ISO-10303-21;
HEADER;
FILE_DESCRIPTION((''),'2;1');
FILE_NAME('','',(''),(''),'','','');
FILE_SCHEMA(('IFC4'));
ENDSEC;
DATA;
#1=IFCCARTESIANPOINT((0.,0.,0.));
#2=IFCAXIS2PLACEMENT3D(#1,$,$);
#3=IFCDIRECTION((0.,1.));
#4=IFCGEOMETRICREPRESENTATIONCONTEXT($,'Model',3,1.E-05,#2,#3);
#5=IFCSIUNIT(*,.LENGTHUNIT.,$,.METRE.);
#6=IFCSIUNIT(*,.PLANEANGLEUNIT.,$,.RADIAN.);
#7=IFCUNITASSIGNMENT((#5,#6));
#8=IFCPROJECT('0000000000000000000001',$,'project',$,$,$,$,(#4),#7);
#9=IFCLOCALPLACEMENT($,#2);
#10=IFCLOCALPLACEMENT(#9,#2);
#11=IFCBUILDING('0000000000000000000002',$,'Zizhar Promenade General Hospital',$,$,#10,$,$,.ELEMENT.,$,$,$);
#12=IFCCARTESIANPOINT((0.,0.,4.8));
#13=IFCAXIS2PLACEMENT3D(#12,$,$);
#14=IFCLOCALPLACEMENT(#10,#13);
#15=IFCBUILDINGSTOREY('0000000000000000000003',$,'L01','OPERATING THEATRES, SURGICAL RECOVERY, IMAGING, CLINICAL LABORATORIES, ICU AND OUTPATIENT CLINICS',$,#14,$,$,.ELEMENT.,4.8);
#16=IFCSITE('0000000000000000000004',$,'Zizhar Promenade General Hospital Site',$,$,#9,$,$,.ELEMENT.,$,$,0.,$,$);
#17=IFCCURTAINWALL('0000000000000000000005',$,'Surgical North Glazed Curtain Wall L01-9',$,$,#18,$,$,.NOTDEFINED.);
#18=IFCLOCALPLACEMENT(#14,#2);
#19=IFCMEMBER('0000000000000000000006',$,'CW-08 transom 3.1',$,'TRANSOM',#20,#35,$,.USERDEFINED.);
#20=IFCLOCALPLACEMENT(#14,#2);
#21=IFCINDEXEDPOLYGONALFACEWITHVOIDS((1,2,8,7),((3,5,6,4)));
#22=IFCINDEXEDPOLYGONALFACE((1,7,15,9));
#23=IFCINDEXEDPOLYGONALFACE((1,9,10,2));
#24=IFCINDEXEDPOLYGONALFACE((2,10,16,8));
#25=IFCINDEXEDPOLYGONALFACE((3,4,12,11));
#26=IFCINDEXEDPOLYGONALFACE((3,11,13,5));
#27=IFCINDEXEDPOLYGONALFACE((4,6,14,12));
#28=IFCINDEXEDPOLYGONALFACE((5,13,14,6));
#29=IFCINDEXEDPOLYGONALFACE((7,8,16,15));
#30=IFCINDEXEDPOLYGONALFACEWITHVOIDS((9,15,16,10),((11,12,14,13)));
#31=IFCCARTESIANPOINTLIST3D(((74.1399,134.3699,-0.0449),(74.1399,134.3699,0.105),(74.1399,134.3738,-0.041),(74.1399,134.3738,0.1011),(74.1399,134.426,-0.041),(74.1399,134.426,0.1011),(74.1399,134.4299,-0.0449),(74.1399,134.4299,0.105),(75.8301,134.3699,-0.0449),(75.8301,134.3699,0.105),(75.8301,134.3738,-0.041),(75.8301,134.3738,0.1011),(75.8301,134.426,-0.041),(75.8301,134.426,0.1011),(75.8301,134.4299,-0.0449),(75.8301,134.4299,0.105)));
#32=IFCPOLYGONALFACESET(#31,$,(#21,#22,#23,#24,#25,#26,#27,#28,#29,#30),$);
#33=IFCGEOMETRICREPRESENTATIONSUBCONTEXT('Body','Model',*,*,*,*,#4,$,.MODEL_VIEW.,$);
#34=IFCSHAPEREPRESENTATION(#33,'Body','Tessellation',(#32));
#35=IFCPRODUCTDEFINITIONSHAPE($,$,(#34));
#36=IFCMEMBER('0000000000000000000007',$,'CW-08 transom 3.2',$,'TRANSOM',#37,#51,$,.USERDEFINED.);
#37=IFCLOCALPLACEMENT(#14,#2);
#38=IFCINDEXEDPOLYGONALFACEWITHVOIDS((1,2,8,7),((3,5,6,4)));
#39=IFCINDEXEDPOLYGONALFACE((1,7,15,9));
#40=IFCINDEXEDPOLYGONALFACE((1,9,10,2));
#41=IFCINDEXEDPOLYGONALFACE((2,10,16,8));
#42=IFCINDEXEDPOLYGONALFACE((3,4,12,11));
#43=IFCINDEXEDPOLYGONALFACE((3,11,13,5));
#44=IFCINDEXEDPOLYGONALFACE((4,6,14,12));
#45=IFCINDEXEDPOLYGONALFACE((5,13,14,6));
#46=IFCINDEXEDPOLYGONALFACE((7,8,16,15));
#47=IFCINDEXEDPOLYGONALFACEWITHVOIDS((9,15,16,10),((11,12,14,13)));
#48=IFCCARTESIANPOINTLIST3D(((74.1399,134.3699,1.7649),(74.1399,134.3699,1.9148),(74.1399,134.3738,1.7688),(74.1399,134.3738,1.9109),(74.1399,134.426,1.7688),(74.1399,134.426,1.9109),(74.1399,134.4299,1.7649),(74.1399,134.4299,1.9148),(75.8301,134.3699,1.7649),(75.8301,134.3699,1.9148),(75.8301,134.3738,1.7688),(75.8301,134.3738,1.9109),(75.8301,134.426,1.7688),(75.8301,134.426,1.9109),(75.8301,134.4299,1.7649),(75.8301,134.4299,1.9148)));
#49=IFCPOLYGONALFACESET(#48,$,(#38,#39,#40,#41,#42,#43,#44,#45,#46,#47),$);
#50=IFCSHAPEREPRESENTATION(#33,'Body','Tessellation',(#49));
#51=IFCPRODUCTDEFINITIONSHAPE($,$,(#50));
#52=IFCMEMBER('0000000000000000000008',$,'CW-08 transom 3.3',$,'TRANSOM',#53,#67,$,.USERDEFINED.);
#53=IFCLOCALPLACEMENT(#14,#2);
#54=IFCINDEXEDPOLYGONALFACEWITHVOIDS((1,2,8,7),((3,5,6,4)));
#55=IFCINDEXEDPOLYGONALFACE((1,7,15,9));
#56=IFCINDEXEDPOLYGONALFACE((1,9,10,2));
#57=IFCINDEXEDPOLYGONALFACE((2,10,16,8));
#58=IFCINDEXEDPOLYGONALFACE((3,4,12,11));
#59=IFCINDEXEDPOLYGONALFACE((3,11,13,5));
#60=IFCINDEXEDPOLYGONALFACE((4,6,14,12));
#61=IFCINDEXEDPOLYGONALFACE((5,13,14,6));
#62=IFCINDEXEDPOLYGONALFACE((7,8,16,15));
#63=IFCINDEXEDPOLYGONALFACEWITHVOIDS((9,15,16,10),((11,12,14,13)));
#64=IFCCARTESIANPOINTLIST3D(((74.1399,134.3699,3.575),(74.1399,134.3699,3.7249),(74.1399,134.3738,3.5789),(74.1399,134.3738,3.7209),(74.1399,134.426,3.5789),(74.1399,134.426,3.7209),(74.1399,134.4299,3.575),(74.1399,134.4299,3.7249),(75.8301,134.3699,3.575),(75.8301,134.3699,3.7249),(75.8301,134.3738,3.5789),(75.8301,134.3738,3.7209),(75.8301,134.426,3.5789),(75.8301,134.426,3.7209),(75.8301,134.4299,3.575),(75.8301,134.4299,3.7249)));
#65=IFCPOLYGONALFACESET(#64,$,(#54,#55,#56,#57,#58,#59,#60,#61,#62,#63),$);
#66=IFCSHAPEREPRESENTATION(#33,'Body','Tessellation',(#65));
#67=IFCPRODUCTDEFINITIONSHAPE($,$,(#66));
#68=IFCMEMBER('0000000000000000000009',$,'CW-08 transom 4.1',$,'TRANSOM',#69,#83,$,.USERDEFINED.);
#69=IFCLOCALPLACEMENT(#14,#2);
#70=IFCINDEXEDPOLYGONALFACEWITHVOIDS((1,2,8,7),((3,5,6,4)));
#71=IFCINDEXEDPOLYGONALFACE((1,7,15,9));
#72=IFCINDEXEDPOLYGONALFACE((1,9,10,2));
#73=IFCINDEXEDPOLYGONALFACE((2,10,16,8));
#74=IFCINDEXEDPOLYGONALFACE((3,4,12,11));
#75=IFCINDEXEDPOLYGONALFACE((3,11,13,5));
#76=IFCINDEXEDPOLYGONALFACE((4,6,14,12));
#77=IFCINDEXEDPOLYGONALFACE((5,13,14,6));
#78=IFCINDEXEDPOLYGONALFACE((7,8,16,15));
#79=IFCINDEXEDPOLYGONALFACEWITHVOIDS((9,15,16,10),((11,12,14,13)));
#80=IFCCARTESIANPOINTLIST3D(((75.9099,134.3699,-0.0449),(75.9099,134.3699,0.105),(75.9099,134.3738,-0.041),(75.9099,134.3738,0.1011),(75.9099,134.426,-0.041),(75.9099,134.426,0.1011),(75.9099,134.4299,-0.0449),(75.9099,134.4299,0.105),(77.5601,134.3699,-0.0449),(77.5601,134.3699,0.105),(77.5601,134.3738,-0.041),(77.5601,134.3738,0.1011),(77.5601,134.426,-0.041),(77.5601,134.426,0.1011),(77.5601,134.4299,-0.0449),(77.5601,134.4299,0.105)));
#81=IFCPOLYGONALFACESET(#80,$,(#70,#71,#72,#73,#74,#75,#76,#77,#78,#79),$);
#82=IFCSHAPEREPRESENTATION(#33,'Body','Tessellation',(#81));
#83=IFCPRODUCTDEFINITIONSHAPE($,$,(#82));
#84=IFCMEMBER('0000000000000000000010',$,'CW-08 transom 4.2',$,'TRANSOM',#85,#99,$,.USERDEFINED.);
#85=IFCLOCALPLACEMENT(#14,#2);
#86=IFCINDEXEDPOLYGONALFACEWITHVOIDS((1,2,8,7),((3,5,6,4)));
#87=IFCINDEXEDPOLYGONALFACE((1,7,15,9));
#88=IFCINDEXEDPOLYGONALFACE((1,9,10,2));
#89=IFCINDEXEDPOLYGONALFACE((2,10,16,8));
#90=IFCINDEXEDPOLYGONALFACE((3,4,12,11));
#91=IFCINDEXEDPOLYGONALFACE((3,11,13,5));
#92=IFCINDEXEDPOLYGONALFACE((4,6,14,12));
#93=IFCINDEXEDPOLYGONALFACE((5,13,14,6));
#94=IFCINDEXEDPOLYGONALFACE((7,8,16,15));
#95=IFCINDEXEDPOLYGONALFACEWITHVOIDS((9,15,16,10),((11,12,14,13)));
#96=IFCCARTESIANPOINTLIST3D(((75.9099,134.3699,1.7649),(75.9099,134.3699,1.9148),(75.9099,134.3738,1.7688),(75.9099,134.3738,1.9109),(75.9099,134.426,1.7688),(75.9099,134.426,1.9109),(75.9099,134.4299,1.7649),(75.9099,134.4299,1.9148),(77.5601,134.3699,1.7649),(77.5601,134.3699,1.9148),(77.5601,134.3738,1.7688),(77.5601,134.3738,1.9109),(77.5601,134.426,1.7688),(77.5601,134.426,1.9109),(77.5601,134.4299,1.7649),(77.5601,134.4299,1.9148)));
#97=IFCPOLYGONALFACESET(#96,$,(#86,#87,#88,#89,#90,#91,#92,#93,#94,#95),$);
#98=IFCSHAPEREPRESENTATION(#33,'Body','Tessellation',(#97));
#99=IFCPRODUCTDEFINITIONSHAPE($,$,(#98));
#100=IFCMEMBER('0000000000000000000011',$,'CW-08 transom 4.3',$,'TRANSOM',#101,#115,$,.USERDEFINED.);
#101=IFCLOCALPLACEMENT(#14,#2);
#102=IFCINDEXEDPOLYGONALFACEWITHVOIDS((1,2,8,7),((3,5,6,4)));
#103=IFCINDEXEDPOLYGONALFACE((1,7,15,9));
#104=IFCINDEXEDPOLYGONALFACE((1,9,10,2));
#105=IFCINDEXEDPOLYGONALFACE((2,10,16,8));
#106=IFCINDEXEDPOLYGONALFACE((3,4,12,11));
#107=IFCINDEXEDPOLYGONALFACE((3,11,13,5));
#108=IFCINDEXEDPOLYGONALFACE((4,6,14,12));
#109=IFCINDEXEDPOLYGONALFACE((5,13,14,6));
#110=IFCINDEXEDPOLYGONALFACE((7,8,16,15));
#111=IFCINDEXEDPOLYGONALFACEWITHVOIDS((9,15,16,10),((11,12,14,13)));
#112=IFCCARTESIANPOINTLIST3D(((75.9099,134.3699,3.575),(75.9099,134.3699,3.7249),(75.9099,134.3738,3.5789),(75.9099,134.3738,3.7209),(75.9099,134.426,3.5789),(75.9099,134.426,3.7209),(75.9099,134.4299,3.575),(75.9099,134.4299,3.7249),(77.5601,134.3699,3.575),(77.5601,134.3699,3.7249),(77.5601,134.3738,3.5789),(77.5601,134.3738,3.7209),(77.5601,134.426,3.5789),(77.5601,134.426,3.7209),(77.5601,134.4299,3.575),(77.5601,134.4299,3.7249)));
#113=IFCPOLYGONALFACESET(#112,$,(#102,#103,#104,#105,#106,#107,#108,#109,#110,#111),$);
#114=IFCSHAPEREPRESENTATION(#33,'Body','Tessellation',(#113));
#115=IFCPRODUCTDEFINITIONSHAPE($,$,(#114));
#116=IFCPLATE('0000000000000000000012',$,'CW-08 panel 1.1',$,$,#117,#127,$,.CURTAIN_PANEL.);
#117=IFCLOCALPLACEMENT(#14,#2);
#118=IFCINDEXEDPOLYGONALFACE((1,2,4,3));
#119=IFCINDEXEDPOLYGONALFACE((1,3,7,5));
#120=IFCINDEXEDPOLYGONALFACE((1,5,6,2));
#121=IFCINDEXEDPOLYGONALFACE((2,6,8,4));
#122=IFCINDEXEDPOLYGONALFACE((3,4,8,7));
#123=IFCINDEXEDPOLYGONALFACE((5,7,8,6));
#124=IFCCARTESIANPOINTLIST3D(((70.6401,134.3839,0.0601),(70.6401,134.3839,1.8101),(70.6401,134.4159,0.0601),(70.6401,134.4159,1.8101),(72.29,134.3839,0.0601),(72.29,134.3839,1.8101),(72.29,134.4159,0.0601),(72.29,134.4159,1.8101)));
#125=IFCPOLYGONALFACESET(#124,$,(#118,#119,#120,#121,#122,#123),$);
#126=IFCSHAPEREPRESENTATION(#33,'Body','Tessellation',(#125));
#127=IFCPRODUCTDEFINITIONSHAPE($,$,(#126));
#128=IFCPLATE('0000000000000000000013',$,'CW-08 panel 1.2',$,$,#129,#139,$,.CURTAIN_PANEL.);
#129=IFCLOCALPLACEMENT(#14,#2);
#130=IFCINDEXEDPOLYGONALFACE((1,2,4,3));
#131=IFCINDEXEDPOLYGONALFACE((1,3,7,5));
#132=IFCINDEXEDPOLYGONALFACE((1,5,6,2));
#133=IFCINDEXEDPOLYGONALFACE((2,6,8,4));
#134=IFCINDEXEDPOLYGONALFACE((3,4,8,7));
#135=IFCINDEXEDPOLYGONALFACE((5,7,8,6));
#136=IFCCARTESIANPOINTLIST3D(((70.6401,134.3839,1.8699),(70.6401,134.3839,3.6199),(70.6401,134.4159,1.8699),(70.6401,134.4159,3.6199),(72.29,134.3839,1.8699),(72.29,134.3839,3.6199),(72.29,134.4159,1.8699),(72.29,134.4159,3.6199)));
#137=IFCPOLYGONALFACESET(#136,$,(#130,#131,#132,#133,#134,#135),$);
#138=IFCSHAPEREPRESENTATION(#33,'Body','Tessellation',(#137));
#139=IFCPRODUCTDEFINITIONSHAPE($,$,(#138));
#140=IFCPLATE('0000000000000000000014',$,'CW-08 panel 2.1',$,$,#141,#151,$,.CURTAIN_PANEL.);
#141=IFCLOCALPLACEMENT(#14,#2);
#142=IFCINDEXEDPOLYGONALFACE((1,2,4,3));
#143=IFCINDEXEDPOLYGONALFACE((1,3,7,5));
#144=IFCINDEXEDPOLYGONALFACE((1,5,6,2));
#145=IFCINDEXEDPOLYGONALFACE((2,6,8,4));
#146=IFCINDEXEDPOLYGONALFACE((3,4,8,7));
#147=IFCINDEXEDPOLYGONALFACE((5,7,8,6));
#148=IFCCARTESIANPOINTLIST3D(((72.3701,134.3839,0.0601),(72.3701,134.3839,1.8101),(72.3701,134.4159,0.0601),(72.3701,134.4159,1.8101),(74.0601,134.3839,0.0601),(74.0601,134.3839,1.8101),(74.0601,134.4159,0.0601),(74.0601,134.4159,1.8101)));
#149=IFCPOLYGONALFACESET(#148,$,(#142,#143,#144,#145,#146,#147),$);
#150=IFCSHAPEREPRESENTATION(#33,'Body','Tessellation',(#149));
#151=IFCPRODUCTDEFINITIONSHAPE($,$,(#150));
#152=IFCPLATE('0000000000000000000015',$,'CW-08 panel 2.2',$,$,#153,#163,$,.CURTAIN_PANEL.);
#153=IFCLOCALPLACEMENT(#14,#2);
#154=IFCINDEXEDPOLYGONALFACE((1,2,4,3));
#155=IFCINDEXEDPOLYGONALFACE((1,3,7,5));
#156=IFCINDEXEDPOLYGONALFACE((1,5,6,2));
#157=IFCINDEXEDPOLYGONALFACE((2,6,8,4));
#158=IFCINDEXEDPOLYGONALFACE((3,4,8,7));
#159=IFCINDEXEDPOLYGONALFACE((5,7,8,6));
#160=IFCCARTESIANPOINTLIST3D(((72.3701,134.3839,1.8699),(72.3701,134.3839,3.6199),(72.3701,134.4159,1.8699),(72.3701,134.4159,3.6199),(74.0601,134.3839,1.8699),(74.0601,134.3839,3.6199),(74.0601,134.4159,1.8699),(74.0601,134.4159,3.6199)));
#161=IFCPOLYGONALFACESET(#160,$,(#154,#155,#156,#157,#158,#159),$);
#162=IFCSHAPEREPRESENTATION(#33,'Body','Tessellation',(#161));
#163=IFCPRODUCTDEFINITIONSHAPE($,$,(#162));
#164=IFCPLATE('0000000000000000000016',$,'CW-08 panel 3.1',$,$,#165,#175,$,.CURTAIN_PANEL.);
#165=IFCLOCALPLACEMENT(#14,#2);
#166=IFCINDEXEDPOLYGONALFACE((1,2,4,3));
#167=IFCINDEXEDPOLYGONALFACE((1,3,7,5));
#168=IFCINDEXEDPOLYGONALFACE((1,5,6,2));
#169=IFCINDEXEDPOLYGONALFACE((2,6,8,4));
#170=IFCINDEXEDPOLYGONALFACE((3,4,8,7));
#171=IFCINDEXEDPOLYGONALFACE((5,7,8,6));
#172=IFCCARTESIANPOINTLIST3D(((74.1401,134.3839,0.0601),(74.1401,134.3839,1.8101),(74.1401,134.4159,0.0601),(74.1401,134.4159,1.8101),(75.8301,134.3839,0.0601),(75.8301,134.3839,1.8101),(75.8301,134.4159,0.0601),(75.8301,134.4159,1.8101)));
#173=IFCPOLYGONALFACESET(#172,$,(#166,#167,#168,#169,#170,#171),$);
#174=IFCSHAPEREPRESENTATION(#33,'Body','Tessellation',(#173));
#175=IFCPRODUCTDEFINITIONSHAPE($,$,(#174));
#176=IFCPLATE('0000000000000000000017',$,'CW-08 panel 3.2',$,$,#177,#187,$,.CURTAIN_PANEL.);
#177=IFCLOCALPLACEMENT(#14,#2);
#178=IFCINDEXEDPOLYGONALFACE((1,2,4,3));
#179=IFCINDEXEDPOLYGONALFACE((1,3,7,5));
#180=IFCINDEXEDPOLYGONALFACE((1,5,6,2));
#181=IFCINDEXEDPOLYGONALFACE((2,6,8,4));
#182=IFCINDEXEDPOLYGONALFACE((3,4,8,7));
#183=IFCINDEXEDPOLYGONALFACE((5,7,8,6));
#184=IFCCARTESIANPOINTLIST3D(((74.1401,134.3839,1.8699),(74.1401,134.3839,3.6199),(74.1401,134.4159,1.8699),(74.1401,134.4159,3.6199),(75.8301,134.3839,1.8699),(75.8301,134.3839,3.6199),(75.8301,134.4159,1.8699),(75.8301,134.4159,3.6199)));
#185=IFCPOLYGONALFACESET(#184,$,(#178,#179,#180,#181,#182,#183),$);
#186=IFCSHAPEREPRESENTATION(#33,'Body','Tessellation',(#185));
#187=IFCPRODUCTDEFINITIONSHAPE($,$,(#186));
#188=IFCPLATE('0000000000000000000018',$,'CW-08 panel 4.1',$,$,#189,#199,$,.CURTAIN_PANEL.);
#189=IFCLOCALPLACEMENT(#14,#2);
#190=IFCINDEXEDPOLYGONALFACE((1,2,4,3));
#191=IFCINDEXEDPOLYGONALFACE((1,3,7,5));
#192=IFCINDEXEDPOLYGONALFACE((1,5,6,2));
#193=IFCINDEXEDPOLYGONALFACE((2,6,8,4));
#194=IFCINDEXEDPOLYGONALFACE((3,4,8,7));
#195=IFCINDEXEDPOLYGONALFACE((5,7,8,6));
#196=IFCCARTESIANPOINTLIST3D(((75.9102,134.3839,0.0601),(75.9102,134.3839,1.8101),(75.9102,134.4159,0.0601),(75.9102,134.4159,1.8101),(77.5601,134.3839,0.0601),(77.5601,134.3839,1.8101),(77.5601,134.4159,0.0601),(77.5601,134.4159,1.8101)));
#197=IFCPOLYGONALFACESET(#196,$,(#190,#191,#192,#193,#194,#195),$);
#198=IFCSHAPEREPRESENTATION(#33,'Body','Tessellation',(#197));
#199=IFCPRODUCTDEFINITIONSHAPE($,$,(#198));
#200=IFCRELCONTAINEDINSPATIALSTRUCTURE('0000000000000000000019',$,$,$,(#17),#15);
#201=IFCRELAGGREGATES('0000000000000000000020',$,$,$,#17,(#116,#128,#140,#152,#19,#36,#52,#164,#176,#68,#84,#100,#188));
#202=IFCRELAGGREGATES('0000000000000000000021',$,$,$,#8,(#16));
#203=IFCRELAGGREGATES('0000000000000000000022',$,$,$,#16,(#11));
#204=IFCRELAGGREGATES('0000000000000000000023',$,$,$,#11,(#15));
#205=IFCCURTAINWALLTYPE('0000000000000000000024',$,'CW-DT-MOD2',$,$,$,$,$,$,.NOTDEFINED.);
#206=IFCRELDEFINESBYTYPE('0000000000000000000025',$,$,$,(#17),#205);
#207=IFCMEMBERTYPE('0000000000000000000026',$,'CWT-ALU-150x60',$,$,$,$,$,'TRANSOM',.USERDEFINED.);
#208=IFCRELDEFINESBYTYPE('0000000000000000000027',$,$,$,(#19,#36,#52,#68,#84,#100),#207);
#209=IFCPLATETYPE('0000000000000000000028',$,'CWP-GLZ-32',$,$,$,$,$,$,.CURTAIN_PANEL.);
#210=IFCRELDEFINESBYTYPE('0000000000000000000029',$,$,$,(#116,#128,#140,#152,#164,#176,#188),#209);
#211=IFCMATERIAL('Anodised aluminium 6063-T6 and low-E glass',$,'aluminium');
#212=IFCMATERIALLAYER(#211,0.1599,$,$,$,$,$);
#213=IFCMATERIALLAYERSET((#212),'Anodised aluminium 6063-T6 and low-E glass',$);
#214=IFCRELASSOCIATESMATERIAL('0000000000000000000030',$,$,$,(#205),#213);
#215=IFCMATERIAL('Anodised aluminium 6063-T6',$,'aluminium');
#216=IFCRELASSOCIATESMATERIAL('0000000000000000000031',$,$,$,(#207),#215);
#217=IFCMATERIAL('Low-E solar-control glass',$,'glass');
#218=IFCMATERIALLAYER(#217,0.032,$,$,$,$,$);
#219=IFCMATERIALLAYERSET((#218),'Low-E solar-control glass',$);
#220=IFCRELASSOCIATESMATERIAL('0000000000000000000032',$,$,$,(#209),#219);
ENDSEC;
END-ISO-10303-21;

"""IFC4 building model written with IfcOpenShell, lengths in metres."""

from ifc_helpers import new_model, si_unit, direction, frame, origin, origin_2d, place, context, subcontext, project, spatial, rectangle, hollow_rectangle, extrude, material, layer, layer_set, material_profile, profile_set, type_object, element, aggregate, save


model = new_model("IFC4")

# Units and contexts
model_context = context("Model", 3, precision=1e-05, world=origin(), true_north=direction((0.0, 1.0)))
body_context = subcontext(model_context, "Body", "Model", "MODEL_VIEW")
ifc_project = project(units=[si_unit("LENGTHUNIT", "METRE"), si_unit("PLANEANGLEUNIT", "RADIAN")], contexts=[model_context])

# Site, building, storey
site_placement = place(None, origin())
site = spatial("IfcSite", under=ifc_project, at=site_placement, Name="Zizhar Promenade General Hospital Site", CompositionType="ELEMENT", RefElevation=0.0)
building_placement = place(site_placement, origin())
building = spatial("IfcBuilding", under=site, at=building_placement, Name="Zizhar Promenade General Hospital", CompositionType="ELEMENT")
storey_placement = place(building_placement, frame((0.0, 0.0, 4.8)))
storey = spatial("IfcBuildingStorey", under=building, at=storey_placement, Name="L01", Description="OPERATING THEATRES, SURGICAL RECOVERY, IMAGING, CLINICAL LABORATORIES, ICU AND OUTPATIENT CLINICS", CompositionType="ELEMENT", Elevation=4.8)

# Curtain wall, members, plates
ifc_material_1 = material(Name="Anodised aluminium 6063-T6 and low-E glass", Category="aluminium")
ifc_layer_1 = layer(ifc_material_1, 0.1599)
ifc_layer_set_1 = layer_set([ifc_layer_1], Name="Anodised aluminium 6063-T6 and low-E glass")
curtain_wall_type = type_object("IfcCurtainWallType", Name="CW-DT-MOD2", PredefinedType="NOTDEFINED", material=ifc_layer_set_1)
curtain_wall_placement = place(storey_placement, origin())
curtain_wall = element("IfcCurtainWall", 1, at=curtain_wall_placement, inside=storey, type_object=curtain_wall_type, Name="Surgical North Glazed Curtain Wall L01-9", PredefinedType="NOTDEFINED")
ifc_material_2 = material(Name="Anodised aluminium 6063-T6", Category="aluminium")
ifc_material_profile_1 = material_profile(ifc_material_2, hollow_rectangle(XDim=0.0601, YDim=0.1499, WallThickness=0.0039, at=origin_2d()))
ifc_profile_set_1 = profile_set([ifc_material_profile_1], Name="Anodised aluminium 6063-T6")
member_type_1 = type_object("IfcMemberType", Name="CWT-ALU-150x60", ElementType="TRANSOM", PredefinedType="USERDEFINED", material=ifc_profile_set_1)
member_1_placement = place(storey_placement, frame((74.1399, 134.3999, 0.03), z_axis=(1.0, 0.0, 0.0), x_axis=(0.0, 1.0, 0.0)))
member_1 = element("IfcMember", 2, at=member_1_placement, type_object=member_type_1, Name="CW-08 transom 3.1", ObjectType="TRANSOM", PredefinedType="USERDEFINED", context=body_context, shape_type="SweptSolid", body=[
    extrude(hollow_rectangle(XDim=0.0601, YDim=0.1499, WallThickness=0.0039, at=origin_2d()), origin(), (0.0, 0.0, 1.0), 1.6902),
])
member_2_placement = place(storey_placement, frame((74.1399, 134.3999, 1.8398), z_axis=(1.0, 0.0, 0.0), x_axis=(0.0, 1.0, 0.0)))
member_2 = element("IfcMember", 3, at=member_2_placement, type_object=member_type_1, Name="CW-08 transom 3.2", ObjectType="TRANSOM", PredefinedType="USERDEFINED", context=body_context, shape_type="SweptSolid", body=[
    extrude(hollow_rectangle(XDim=0.0601, YDim=0.1499, WallThickness=0.0039, at=origin_2d()), origin(), (0.0, 0.0, 1.0), 1.6902),
])
member_3_placement = place(storey_placement, frame((74.1399, 134.3999, 3.6499), z_axis=(1.0, 0.0, 0.0), x_axis=(0.0, 1.0, 0.0)))
member_3 = element("IfcMember", 4, at=member_3_placement, type_object=member_type_1, Name="CW-08 transom 3.3", ObjectType="TRANSOM", PredefinedType="USERDEFINED", context=body_context, shape_type="SweptSolid", body=[
    extrude(hollow_rectangle(XDim=0.0601, YDim=0.1499, WallThickness=0.0039, at=origin_2d()), origin(), (0.0, 0.0, 1.0), 1.6902),
])
member_4_placement = place(storey_placement, frame((75.9099, 134.3999, 0.03), z_axis=(1.0, 0.0, 0.0), x_axis=(0.0, 1.0, 0.0)))
member_4 = element("IfcMember", 5, at=member_4_placement, type_object=member_type_1, Name="CW-08 transom 4.1", ObjectType="TRANSOM", PredefinedType="USERDEFINED", context=body_context, shape_type="SweptSolid", body=[
    extrude(hollow_rectangle(XDim=0.0601, YDim=0.1499, WallThickness=0.0039, at=origin_2d()), origin(), (0.0, 0.0, 1.0), 1.6501),
])
member_5_placement = place(storey_placement, frame((75.9099, 134.3999, 1.8398), z_axis=(1.0, 0.0, 0.0), x_axis=(0.0, 1.0, 0.0)))
member_5 = element("IfcMember", 6, at=member_5_placement, type_object=member_type_1, Name="CW-08 transom 4.2", ObjectType="TRANSOM", PredefinedType="USERDEFINED", context=body_context, shape_type="SweptSolid", body=[
    extrude(hollow_rectangle(XDim=0.0601, YDim=0.1499, WallThickness=0.0039, at=origin_2d()), origin(), (0.0, 0.0, 1.0), 1.6501),
])
member_6_placement = place(storey_placement, frame((75.9099, 134.3999, 3.6499), z_axis=(1.0, 0.0, 0.0), x_axis=(0.0, 1.0, 0.0)))
member_6 = element("IfcMember", 7, at=member_6_placement, type_object=member_type_1, Name="CW-08 transom 4.3", ObjectType="TRANSOM", PredefinedType="USERDEFINED", context=body_context, shape_type="SweptSolid", body=[
    extrude(hollow_rectangle(XDim=0.0601, YDim=0.1499, WallThickness=0.0039, at=origin_2d()), origin(), (0.0, 0.0, 1.0), 1.6501),
])
ifc_material_3 = material(Name="Low-E solar-control glass", Category="glass")
ifc_layer_2 = layer(ifc_material_3, 0.032)
ifc_layer_set_2 = layer_set([ifc_layer_2], Name="Low-E solar-control glass")
plate_type = type_object("IfcPlateType", Name="CWP-GLZ-32", PredefinedType="CURTAIN_PANEL", material=ifc_layer_set_2)
plate_1_placement = place(storey_placement, frame((71.4651, 134.3999, 0.0601), z_axis=(0.0, 0.0, 1.0), x_axis=(1.0, 0.0, 0.0)))
plate_1 = element("IfcPlate", 8, at=plate_1_placement, type_object=plate_type, Name="CW-08 panel 1.1", PredefinedType="CURTAIN_PANEL", context=body_context, shape_type="SweptSolid", body=[
    extrude(rectangle(XDim=1.6499, YDim=0.032, at=origin_2d()), origin(), (0.0, 0.0, 1.0), 1.75),
])
plate_2_placement = place(storey_placement, frame((71.4651, 134.3999, 1.8699), z_axis=(0.0, 0.0, 1.0), x_axis=(1.0, 0.0, 0.0)))
plate_2 = element("IfcPlate", 9, at=plate_2_placement, type_object=plate_type, Name="CW-08 panel 1.2", PredefinedType="CURTAIN_PANEL", context=body_context, shape_type="SweptSolid", body=[
    extrude(rectangle(XDim=1.6499, YDim=0.032, at=origin_2d()), origin(), (0.0, 0.0, 1.0), 1.75),
])
plate_3_placement = place(storey_placement, frame((73.2151, 134.3999, 0.0601), z_axis=(0.0, 0.0, 1.0), x_axis=(1.0, 0.0, 0.0)))
plate_3 = element("IfcPlate", 10, at=plate_3_placement, type_object=plate_type, Name="CW-08 panel 2.1", PredefinedType="CURTAIN_PANEL", context=body_context, shape_type="SweptSolid", body=[
    extrude(rectangle(XDim=1.6899, YDim=0.032, at=origin_2d()), origin(), (0.0, 0.0, 1.0), 1.75),
])
plate_4_placement = place(storey_placement, frame((73.2151, 134.3999, 1.8699), z_axis=(0.0, 0.0, 1.0), x_axis=(1.0, 0.0, 0.0)))
plate_4 = element("IfcPlate", 11, at=plate_4_placement, type_object=plate_type, Name="CW-08 panel 2.2", PredefinedType="CURTAIN_PANEL", context=body_context, shape_type="SweptSolid", body=[
    extrude(rectangle(XDim=1.6899, YDim=0.032, at=origin_2d()), origin(), (0.0, 0.0, 1.0), 1.75),
])
plate_5_placement = place(storey_placement, frame((74.9851, 134.3999, 0.0601), z_axis=(0.0, 0.0, 1.0), x_axis=(1.0, 0.0, 0.0)))
plate_5 = element("IfcPlate", 12, at=plate_5_placement, type_object=plate_type, Name="CW-08 panel 3.1", PredefinedType="CURTAIN_PANEL", context=body_context, shape_type="SweptSolid", body=[
    extrude(rectangle(XDim=1.6899, YDim=0.032, at=origin_2d()), origin(), (0.0, 0.0, 1.0), 1.75),
])
plate_6_placement = place(storey_placement, frame((74.9851, 134.3999, 1.8699), z_axis=(0.0, 0.0, 1.0), x_axis=(1.0, 0.0, 0.0)))
plate_6 = element("IfcPlate", 13, at=plate_6_placement, type_object=plate_type, Name="CW-08 panel 3.2", PredefinedType="CURTAIN_PANEL", context=body_context, shape_type="SweptSolid", body=[
    extrude(rectangle(XDim=1.6899, YDim=0.032, at=origin_2d()), origin(), (0.0, 0.0, 1.0), 1.75),
])
plate_7_placement = place(storey_placement, frame((76.7351, 134.3999, 0.0601), z_axis=(0.0, 0.0, 1.0), x_axis=(1.0, 0.0, 0.0)))
plate_7 = element("IfcPlate", 14, at=plate_7_placement, type_object=plate_type, Name="CW-08 panel 4.1", PredefinedType="CURTAIN_PANEL", context=body_context, shape_type="SweptSolid", body=[
    extrude(rectangle(XDim=1.6499, YDim=0.032, at=origin_2d()), origin(), (0.0, 0.0, 1.0), 1.75),
])
aggregate(curtain_wall, [plate_1, plate_2, plate_3, plate_4, member_1, member_2, member_3, plate_5, plate_6, member_4, member_5, member_6, plate_7])

save(model, "model.ifc")
